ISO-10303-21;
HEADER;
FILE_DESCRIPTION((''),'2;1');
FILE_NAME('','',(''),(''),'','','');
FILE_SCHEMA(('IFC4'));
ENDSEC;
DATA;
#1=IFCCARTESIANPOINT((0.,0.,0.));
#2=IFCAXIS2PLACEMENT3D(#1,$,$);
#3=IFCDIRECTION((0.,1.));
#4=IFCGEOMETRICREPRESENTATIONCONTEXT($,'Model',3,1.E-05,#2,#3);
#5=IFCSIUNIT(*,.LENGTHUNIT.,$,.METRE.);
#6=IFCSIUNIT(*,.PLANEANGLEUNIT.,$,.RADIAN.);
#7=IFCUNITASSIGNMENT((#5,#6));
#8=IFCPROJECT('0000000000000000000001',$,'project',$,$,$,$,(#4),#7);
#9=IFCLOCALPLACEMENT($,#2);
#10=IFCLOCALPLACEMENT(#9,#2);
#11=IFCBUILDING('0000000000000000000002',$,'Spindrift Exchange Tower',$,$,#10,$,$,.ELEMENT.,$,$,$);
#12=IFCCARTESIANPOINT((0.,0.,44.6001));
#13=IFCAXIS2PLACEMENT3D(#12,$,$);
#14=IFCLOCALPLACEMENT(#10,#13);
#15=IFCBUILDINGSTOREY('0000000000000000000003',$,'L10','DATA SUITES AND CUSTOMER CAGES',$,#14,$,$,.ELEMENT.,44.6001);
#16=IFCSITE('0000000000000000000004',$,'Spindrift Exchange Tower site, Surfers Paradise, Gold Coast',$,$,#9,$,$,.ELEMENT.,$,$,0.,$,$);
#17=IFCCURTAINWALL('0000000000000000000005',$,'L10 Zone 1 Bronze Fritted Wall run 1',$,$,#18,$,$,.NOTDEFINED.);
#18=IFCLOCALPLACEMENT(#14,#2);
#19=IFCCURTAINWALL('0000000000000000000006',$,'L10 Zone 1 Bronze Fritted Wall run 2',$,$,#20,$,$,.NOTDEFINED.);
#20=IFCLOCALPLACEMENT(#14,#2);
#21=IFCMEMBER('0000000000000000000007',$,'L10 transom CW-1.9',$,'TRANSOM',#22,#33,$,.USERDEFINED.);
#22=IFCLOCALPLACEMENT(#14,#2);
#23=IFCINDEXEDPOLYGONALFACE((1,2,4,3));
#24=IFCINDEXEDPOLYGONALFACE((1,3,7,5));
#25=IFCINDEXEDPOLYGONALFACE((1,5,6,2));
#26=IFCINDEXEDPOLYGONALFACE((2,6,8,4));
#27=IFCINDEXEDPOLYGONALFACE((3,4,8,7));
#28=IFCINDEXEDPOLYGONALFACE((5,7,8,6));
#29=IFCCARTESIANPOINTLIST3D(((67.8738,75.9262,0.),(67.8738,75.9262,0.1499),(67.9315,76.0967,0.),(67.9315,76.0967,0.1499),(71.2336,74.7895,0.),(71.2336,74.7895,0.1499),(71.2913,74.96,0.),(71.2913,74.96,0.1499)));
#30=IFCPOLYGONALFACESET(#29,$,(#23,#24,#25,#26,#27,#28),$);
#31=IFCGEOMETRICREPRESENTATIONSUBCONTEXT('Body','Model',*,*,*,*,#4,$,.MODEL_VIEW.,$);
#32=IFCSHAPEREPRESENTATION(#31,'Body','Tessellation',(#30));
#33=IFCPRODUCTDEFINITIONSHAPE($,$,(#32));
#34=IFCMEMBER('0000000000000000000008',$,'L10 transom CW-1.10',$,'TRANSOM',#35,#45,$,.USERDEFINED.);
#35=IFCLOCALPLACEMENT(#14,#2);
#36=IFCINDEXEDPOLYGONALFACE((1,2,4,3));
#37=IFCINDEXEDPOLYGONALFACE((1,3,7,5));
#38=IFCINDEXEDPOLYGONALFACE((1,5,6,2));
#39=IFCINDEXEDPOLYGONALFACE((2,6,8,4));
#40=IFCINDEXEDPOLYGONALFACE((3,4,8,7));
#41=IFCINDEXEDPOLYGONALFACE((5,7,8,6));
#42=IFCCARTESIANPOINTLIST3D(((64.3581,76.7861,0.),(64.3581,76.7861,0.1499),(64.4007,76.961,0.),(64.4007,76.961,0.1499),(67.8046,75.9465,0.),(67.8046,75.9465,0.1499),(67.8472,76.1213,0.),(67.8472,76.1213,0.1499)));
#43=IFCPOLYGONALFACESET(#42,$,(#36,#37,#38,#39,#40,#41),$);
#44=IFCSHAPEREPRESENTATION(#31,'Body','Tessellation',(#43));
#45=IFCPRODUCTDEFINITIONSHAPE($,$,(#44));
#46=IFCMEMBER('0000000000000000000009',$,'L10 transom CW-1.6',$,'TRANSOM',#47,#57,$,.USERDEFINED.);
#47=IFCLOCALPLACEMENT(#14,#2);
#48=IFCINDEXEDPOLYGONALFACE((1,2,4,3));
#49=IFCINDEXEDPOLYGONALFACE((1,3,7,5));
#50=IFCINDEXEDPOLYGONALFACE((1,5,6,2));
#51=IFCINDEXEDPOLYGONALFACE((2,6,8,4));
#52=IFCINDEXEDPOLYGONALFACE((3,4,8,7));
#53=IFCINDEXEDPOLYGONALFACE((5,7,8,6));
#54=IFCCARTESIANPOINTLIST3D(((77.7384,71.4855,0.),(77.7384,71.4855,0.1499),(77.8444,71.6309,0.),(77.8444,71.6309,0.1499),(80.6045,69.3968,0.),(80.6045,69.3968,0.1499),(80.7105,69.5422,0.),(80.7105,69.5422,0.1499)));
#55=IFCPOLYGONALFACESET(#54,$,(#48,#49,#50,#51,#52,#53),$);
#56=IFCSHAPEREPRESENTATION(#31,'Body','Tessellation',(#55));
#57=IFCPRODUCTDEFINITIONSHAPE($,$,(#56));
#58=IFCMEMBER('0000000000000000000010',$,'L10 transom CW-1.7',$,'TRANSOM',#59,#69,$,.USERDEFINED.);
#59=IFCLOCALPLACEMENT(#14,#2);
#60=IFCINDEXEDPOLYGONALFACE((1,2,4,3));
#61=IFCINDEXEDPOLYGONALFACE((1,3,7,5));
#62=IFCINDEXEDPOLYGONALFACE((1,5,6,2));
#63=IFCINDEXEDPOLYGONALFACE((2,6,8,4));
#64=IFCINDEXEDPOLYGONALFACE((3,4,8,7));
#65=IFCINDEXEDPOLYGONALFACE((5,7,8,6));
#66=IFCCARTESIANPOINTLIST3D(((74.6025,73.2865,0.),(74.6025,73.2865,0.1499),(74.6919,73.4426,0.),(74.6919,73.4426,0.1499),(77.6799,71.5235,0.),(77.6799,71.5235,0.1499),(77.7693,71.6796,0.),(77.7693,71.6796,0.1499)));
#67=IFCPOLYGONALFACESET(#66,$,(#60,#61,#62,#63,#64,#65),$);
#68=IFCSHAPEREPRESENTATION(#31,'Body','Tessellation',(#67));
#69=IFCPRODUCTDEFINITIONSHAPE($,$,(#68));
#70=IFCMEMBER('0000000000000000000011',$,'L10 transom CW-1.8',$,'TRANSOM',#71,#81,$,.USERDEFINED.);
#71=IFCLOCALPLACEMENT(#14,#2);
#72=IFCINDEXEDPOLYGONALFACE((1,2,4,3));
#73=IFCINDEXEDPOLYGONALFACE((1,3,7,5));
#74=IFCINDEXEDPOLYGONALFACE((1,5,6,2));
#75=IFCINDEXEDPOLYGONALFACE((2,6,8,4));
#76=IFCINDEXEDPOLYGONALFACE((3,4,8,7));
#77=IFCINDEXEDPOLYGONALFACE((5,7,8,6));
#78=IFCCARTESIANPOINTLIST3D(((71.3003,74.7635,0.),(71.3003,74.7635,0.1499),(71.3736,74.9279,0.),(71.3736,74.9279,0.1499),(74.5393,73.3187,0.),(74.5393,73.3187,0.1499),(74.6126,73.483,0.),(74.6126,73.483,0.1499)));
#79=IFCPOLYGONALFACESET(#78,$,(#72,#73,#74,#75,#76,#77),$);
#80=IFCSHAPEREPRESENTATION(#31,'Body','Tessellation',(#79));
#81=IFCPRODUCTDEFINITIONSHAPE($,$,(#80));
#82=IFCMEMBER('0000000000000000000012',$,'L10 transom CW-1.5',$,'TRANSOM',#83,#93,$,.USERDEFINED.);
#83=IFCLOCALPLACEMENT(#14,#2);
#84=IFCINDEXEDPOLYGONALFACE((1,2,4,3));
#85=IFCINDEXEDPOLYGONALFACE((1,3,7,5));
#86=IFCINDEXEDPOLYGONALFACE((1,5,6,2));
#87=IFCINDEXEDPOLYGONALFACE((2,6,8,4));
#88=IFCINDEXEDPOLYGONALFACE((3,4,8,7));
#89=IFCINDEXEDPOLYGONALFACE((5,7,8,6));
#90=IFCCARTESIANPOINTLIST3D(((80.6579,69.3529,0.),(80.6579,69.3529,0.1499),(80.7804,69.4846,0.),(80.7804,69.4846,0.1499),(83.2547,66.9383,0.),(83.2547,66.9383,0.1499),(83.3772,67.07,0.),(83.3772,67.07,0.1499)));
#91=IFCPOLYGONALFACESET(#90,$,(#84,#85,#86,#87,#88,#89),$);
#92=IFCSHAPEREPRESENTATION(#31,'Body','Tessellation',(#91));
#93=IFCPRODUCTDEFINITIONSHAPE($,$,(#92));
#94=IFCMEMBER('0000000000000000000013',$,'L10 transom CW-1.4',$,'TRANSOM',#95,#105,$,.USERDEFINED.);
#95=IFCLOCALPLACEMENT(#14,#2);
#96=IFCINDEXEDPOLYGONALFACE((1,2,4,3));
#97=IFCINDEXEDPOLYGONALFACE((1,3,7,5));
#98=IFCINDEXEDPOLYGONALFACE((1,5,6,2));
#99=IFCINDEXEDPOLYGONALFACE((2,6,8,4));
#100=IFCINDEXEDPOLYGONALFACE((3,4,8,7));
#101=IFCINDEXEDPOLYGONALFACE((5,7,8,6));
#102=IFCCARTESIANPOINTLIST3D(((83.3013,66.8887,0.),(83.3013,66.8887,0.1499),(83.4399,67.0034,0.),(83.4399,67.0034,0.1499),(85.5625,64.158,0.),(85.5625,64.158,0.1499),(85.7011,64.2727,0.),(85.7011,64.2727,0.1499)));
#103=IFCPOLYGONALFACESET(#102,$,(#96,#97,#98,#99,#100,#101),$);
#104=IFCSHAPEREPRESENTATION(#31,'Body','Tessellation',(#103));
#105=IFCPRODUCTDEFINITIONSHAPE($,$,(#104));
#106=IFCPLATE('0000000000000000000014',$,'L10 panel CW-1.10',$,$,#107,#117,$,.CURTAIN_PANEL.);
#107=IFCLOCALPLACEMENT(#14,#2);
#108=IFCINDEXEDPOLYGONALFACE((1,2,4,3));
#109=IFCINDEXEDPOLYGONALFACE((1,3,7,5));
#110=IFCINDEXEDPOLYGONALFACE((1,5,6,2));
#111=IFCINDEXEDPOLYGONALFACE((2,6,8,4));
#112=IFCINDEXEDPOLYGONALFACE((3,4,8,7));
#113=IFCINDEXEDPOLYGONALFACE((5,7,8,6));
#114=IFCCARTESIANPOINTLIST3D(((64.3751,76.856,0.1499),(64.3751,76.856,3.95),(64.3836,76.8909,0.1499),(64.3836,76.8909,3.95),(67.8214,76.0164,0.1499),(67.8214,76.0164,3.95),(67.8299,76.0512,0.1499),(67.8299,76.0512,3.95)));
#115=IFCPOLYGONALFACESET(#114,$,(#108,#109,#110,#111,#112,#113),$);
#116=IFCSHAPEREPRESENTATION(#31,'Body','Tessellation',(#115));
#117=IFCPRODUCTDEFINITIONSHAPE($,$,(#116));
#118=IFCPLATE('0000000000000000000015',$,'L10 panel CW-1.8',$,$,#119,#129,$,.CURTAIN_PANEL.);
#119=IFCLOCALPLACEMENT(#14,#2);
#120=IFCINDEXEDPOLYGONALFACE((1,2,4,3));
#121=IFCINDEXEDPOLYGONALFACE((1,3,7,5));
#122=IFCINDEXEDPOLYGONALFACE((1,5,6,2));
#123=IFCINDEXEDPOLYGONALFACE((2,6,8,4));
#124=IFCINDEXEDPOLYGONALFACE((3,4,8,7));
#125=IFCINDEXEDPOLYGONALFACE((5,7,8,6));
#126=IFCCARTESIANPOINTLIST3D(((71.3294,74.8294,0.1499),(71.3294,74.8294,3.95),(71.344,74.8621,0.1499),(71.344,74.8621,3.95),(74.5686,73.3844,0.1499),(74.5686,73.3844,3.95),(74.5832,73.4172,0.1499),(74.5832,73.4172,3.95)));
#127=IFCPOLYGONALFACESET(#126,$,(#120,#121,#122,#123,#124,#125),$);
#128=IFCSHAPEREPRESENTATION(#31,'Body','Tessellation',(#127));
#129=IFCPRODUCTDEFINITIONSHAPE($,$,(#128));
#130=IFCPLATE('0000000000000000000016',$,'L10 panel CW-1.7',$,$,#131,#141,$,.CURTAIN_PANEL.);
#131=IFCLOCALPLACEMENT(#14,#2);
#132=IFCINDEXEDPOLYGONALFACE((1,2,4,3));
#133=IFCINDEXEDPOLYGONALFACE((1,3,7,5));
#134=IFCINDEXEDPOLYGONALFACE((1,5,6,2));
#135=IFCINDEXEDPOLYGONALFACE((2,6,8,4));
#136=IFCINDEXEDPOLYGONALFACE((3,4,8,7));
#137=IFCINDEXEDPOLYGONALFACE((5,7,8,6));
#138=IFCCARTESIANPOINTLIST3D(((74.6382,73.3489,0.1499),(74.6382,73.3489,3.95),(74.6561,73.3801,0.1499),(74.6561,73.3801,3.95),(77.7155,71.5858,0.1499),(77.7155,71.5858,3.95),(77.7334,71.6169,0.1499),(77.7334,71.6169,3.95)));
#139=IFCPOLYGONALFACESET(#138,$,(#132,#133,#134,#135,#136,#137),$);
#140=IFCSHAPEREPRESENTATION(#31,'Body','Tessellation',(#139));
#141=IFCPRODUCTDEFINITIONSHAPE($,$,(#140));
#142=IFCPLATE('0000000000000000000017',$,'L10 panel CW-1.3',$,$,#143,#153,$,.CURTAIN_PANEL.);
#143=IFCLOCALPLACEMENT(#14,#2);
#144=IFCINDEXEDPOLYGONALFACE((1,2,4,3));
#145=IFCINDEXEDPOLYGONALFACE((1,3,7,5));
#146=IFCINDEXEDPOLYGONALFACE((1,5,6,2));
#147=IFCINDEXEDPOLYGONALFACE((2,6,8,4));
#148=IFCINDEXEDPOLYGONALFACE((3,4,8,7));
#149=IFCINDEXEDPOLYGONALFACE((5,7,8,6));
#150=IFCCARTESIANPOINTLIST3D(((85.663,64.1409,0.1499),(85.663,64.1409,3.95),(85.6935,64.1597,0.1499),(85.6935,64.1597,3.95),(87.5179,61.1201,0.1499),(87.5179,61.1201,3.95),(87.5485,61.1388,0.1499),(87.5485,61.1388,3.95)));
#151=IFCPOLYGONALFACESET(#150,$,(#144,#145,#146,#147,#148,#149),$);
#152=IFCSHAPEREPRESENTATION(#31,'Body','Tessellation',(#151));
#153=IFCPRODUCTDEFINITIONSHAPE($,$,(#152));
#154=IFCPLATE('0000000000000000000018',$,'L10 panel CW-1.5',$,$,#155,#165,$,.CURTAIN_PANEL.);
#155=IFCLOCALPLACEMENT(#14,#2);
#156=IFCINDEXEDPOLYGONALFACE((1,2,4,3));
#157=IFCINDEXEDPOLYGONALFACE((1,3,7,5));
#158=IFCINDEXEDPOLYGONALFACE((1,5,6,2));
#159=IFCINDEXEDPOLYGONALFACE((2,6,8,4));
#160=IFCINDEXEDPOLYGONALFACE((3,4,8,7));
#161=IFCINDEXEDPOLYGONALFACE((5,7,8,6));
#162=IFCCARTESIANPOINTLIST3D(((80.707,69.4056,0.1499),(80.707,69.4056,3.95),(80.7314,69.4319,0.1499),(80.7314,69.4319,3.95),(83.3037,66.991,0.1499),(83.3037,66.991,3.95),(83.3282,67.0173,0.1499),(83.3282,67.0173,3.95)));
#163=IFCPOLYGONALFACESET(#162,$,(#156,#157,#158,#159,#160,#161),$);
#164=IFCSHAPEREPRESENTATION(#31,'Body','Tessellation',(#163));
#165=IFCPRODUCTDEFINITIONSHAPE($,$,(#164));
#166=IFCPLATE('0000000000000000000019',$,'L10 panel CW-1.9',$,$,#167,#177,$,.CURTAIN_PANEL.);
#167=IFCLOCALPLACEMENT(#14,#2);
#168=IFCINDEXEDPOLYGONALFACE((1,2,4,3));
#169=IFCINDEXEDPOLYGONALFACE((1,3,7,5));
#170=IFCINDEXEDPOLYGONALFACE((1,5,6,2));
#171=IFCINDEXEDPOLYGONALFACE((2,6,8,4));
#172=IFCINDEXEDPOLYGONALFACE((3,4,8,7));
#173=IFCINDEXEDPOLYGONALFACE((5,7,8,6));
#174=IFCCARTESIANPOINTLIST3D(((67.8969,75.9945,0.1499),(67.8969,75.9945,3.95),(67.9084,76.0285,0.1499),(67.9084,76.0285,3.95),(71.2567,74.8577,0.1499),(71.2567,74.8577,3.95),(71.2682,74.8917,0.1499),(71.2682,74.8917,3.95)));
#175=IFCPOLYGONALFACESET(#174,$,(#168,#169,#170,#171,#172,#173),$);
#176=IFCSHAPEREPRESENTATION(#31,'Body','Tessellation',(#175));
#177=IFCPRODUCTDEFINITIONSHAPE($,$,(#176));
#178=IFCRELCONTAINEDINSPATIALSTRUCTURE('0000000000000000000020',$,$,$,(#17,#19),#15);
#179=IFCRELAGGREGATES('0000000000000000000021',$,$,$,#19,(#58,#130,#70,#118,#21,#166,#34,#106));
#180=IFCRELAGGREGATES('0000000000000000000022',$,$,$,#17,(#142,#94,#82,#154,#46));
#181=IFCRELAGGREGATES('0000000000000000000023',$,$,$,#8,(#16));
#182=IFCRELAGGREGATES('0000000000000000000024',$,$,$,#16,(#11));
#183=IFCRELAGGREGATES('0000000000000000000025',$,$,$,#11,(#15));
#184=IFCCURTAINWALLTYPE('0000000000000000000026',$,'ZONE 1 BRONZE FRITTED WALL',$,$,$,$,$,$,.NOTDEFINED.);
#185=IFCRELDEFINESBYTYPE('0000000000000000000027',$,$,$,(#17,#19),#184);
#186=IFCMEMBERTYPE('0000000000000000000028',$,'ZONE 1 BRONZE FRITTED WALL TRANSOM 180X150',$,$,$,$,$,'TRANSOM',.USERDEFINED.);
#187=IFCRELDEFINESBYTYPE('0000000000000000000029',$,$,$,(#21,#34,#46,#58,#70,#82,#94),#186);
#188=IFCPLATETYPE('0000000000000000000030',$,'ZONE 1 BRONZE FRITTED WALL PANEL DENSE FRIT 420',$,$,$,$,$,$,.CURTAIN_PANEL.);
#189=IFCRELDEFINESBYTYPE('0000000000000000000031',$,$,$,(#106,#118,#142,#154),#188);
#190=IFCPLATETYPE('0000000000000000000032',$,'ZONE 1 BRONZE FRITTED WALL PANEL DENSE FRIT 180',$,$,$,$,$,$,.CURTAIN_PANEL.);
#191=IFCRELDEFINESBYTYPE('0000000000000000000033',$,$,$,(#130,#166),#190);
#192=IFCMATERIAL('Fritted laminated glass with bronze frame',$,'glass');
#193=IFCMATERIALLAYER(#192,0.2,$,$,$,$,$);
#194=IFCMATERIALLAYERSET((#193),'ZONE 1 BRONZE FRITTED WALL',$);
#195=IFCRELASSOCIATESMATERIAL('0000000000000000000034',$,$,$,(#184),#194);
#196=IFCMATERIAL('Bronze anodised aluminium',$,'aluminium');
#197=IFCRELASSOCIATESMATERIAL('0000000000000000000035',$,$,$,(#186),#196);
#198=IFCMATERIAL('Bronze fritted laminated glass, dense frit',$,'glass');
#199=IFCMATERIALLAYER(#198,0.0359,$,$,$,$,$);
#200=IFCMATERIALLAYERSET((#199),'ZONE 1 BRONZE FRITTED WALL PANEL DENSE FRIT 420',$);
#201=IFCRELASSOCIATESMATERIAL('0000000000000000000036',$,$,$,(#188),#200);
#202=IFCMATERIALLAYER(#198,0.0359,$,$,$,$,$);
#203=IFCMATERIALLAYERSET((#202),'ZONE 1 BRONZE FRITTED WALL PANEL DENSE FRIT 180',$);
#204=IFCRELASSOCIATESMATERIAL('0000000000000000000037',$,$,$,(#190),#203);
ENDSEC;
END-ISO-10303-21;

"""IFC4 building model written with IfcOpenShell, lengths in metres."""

from ifc_helpers import new_model, si_unit, direction, frame, origin, origin_2d, place, context, subcontext, project, spatial, rectangle, extrude, source, transform, mapped, material, layer, layer_set, material_profile, profile_set, type_object, element, aggregate, save


model = new_model("IFC4")

# Units and contexts
model_context = context("Model", 3, precision=1e-05, world=origin(), true_north=direction((0.0, 1.0)))
body_context = subcontext(model_context, "Body", "Model", "MODEL_VIEW")
ifc_project = project(units=[si_unit("LENGTHUNIT", "METRE"), si_unit("PLANEANGLEUNIT", "RADIAN")], contexts=[model_context])

# Site, building, storey
site_placement = place(None, origin())
site = spatial("IfcSite", under=ifc_project, at=site_placement, Name="Spindrift Exchange Tower site, Surfers Paradise, Gold Coast", CompositionType="ELEMENT", RefElevation=0.0)
building_placement = place(site_placement, origin())
building = spatial("IfcBuilding", under=site, at=building_placement, Name="Spindrift Exchange Tower", CompositionType="ELEMENT")
storey_placement = place(building_placement, frame((0.0, 0.0, 44.6001)))
storey = spatial("IfcBuildingStorey", under=building, at=storey_placement, Name="L10", Description="DATA SUITES AND CUSTOMER CAGES", CompositionType="ELEMENT", Elevation=44.6001)

# Curtain walls, members
ifc_material_1 = material(Name="Fritted laminated glass with bronze frame", Category="glass")
ifc_layer_1 = layer(ifc_material_1, 0.2)
ifc_layer_set_1 = layer_set([ifc_layer_1], Name="ZONE 1 BRONZE FRITTED WALL")
curtain_wall_type = type_object("IfcCurtainWallType", Name="ZONE 1 BRONZE FRITTED WALL", PredefinedType="NOTDEFINED", material=ifc_layer_set_1)
curtain_wall_1_placement = place(storey_placement, origin())
curtain_wall_1 = element("IfcCurtainWall", 1, at=curtain_wall_1_placement, inside=storey, type_object=curtain_wall_type, Name="L10 Zone 1 Bronze Fritted Wall run 1", PredefinedType="NOTDEFINED")
ifc_material_2 = material(Name="Bronze anodised aluminium", Category="aluminium")
curtain_wall_2_placement = place(storey_placement, origin())
curtain_wall_2 = element("IfcCurtainWall", 2, at=curtain_wall_2_placement, inside=storey, type_object=curtain_wall_type, Name="L10 Zone 1 Bronze Fritted Wall run 2", PredefinedType="NOTDEFINED")
ifc_material_profile_1 = material_profile(ifc_material_2, rectangle(XDim=0.1799, YDim=0.1499, at=origin_2d()), Name="ZONE 1 BRONZE FRITTED WALL TRANSOM 180X150")
ifc_profile_set_1 = profile_set([ifc_material_profile_1], Name="Bronze anodised aluminium")
member_type_1 = type_object("IfcMemberType", Name="ZONE 1 BRONZE FRITTED WALL TRANSOM 180X150", ElementType="TRANSOM", PredefinedType="USERDEFINED", material=ifc_profile_set_1)
shared_shape_1 = source(origin(), body_context, "Body", "SweptSolid", [
    extrude(rectangle(XDim=0.1799, YDim=0.1499, at=origin_2d()), origin(), (0.0, 0.0, 1.0), 3.5469),
])
member_1_placement = place(storey_placement, frame((71.2625, 74.8748, 0.075), z_axis=(-0.947256, 0.320478, 0.0), x_axis=(-0.320478, -0.947256, 0.0)))
member_1 = element("IfcMember", 3, at=member_1_placement, type_object=member_type_1, Name="L10 transom CW-1.9", ObjectType="TRANSOM", PredefinedType="USERDEFINED", context=body_context, shape_type="MappedRepresentation", body=[
    mapped(shared_shape_1, transform((0.0, 0.0, 0.0), scale=1.0)),
])
shared_shape_2 = source(origin(), body_context, "Body", "SweptSolid", [
    extrude(rectangle(XDim=0.1799, YDim=0.1499, at=origin_2d()), origin(), (0.0, 0.0, 1.0), 3.5474),
])
member_2_placement = place(storey_placement, frame((67.8259, 76.0339, 0.075), z_axis=(-0.971586, 0.236685, 0.0), x_axis=(-0.236685, -0.971586, 0.0)))
member_2 = element("IfcMember", 4, at=member_2_placement, type_object=member_type_1, Name="L10 transom CW-1.10", ObjectType="TRANSOM", PredefinedType="USERDEFINED", context=body_context, shape_type="MappedRepresentation", body=[
    mapped(shared_shape_2, transform((0.0, 0.0, 0.0), scale=1.0)),
])

# Members
shared_shape_3 = source(origin(), body_context, "Body", "SweptSolid", [
    extrude(rectangle(XDim=0.1799, YDim=0.1499, at=origin_2d()), origin(), (0.0, 0.0, 1.0), 3.5464),
])
member_3_placement = place(storey_placement, frame((80.6575, 69.4695, 0.075), z_axis=(-0.808161, 0.588961, 0.0), x_axis=(-0.588961, -0.808161, 0.0)))
member_3 = element("IfcMember", 5, at=member_3_placement, type_object=member_type_1, Name="L10 transom CW-1.6", ObjectType="TRANSOM", PredefinedType="USERDEFINED", context=body_context, shape_type="MappedRepresentation", body=[
    mapped(shared_shape_3, transform((0.0, 0.0, 0.0), scale=1.0)),
])
shared_shape_4 = source(origin(), body_context, "Body", "SweptSolid", [
    extrude(rectangle(XDim=0.1799, YDim=0.1499, at=origin_2d()), origin(), (0.0, 0.0, 1.0), 3.5466),
])
member_4_placement = place(storey_placement, frame((77.7246, 71.6016, 0.075), z_axis=(-0.867705, 0.49708, 0.0), x_axis=(-0.49708, -0.867705, 0.0)))
member_4 = element("IfcMember", 6, at=member_4_placement, type_object=member_type_1, Name="L10 transom CW-1.7", ObjectType="TRANSOM", PredefinedType="USERDEFINED", context=body_context, shape_type="MappedRepresentation", body=[
    mapped(shared_shape_4, transform((0.0, 0.0, 0.0), scale=1.0)),
])
member_5_placement = place(storey_placement, frame((74.5759, 73.4009, 0.075), z_axis=(-0.91326, 0.407377, 0.0), x_axis=(-0.407377, -0.91326, 0.0)))
member_5 = element("IfcMember", 7, at=member_5_placement, type_object=member_type_1, Name="L10 transom CW-1.8", ObjectType="TRANSOM", PredefinedType="USERDEFINED", context=body_context, shape_type="MappedRepresentation", body=[
    mapped(shared_shape_4, transform((0.0, 0.0, 0.0), scale=1.0)),
])
shared_shape_5 = source(origin(), body_context, "Body", "SweptSolid", [
    extrude(rectangle(XDim=0.1799, YDim=0.1499, at=origin_2d()), origin(), (0.0, 0.0, 1.0), 3.5459),
])
member_6_placement = place(storey_placement, frame((83.3159, 67.0042, 0.075), z_axis=(-0.732322, 0.680958, 0.0), x_axis=(-0.680958, -0.732322, 0.0)))
member_6 = element("IfcMember", 8, at=member_6_placement, type_object=member_type_1, Name="L10 transom CW-1.5", ObjectType="TRANSOM", PredefinedType="USERDEFINED", context=body_context, shape_type="MappedRepresentation", body=[
    mapped(shared_shape_5, transform((0.0, 0.0, 0.0), scale=1.0)),
])
shared_shape_6 = source(origin(), body_context, "Body", "SweptSolid", [
    extrude(rectangle(XDim=0.1799, YDim=0.1499, at=origin_2d()), origin(), (0.0, 0.0, 1.0), 3.5454),
])
member_7_placement = place(storey_placement, frame((85.6318, 64.2153, 0.075), z_axis=(-0.63779, 0.77021, 0.0), x_axis=(-0.77021, -0.63779, 0.0)))
member_7 = element("IfcMember", 9, at=member_7_placement, type_object=member_type_1, Name="L10 transom CW-1.4", ObjectType="TRANSOM", PredefinedType="USERDEFINED", context=body_context, shape_type="MappedRepresentation", body=[
    mapped(shared_shape_6, transform((0.0, 0.0, 0.0), scale=1.0)),
])

# Plates
ifc_material_3 = material(Name="Bronze fritted laminated glass, dense frit", Category="glass")
ifc_layer_2 = layer(ifc_material_3, 0.0359)
ifc_layer_set_2 = layer_set([ifc_layer_2], Name="ZONE 1 BRONZE FRITTED WALL PANEL DENSE FRIT 420")
plate_type_1 = type_object("IfcPlateType", Name="ZONE 1 BRONZE FRITTED WALL PANEL DENSE FRIT 420", PredefinedType="CURTAIN_PANEL", material=ifc_layer_set_2)
shared_shape_7 = source(origin(), body_context, "Body", "SweptSolid", [
    extrude(rectangle(XDim=3.5471, YDim=0.0359, at=origin_2d()), origin(), (0.0, 0.0, 1.0), 3.8),
])
plate_1_placement = place(storey_placement, frame((66.1025, 76.4536, 0.1499), z_axis=(0.0, 0.0, 1.0), x_axis=(-0.97158, 0.236713, 0.0)))
plate_1 = element("IfcPlate", 10, at=plate_1_placement, type_object=plate_type_1, Name="L10 panel CW-1.10", PredefinedType="CURTAIN_PANEL", context=body_context, shape_type="MappedRepresentation", body=[
    mapped(shared_shape_7, transform((0.0, 0.0, 0.0), scale=1.0)),
])
shared_shape_8 = source(origin(), body_context, "Body", "SweptSolid", [
    extrude(rectangle(XDim=3.5469, YDim=0.0359, at=origin_2d()), origin(), (0.0, 0.0, 1.0), 3.8),
])
plate_2_placement = place(storey_placement, frame((72.9563, 74.1233, 0.1499), z_axis=(0.0, 0.0, 1.0), x_axis=(-0.913257, 0.407384, 0.0)))
plate_2 = element("IfcPlate", 11, at=plate_2_placement, type_object=plate_type_1, Name="L10 panel CW-1.8", PredefinedType="CURTAIN_PANEL", context=body_context, shape_type="MappedRepresentation", body=[
    mapped(shared_shape_8, transform((0.0, 0.0, 0.0), scale=1.0)),
])
ifc_layer_3 = layer(ifc_material_3, 0.0359)
ifc_layer_set_3 = layer_set([ifc_layer_3], Name="ZONE 1 BRONZE FRITTED WALL PANEL DENSE FRIT 180")
plate_type_2 = type_object("IfcPlateType", Name="ZONE 1 BRONZE FRITTED WALL PANEL DENSE FRIT 180", PredefinedType="CURTAIN_PANEL", material=ifc_layer_set_3)
shared_shape_9 = source(origin(), body_context, "Body", "SweptSolid", [
    extrude(rectangle(XDim=3.5466, YDim=0.0359, at=origin_2d()), origin(), (0.0, 0.0, 1.0), 3.8),
])
plate_3_placement = place(storey_placement, frame((76.1858, 72.4829, 0.1499), z_axis=(0.0, 0.0, 1.0), x_axis=(-0.867674, 0.497133, 0.0)))
plate_3 = element("IfcPlate", 12, at=plate_3_placement, type_object=plate_type_2, Name="L10 panel CW-1.7", PredefinedType="CURTAIN_PANEL", context=body_context, shape_type="MappedRepresentation", body=[
    mapped(shared_shape_9, transform((0.0, 0.0, 0.0), scale=1.0)),
])
shared_shape_10 = source(origin(), body_context, "Body", "SweptSolid", [
    extrude(rectangle(XDim=3.5449, YDim=0.0359, at=origin_2d()), origin(), (0.0, 0.0, 1.0), 3.8),
])
plate_4_placement = place(storey_placement, frame((86.6057, 62.6399, 0.1499), z_axis=(0.0, 0.0, 1.0), x_axis=(-0.52326, 0.852173, 0.0)))
plate_4 = element("IfcPlate", 13, at=plate_4_placement, type_object=plate_type_1, Name="L10 panel CW-1.3", PredefinedType="CURTAIN_PANEL", context=body_context, shape_type="MappedRepresentation", body=[
    mapped(shared_shape_10, transform((0.0, 0.0, 0.0), scale=1.0)),
])
shared_shape_11 = source(origin(), body_context, "Body", "SweptSolid", [
    extrude(rectangle(XDim=3.5459, YDim=0.0359, at=origin_2d()), origin(), (0.0, 0.0, 1.0), 3.8),
])
plate_5_placement = place(storey_placement, frame((82.0176, 68.2114, 0.1499), z_axis=(0.0, 0.0, 1.0), x_axis=(-0.732317, 0.680964, 0.0)))
plate_5 = element("IfcPlate", 14, at=plate_5_placement, type_object=plate_type_1, Name="L10 panel CW-1.5", PredefinedType="CURTAIN_PANEL", context=body_context, shape_type="MappedRepresentation", body=[
    mapped(shared_shape_11, transform((0.0, 0.0, 0.0), scale=1.0)),
])
shared_shape_12 = source(origin(), body_context, "Body", "SweptSolid", [
    extrude(rectangle(XDim=3.5469, YDim=0.0359, at=origin_2d()), origin(), (0.0, 0.0, 1.0), 3.8),
])
plate_6_placement = place(storey_placement, frame((69.5825, 75.4431, 0.1499), z_axis=(0.0, 0.0, 1.0), x_axis=(-0.947251, 0.320492, 0.0)))
plate_6 = element("IfcPlate", 15, at=plate_6_placement, type_object=plate_type_2, Name="L10 panel CW-1.9", PredefinedType="CURTAIN_PANEL", context=body_context, shape_type="MappedRepresentation", body=[
    mapped(shared_shape_12, transform((0.0, 0.0, 0.0), scale=1.0)),
])
aggregate(curtain_wall_2, [member_4, plate_3, member_5, plate_2, member_1, plate_6, member_2, plate_1])
aggregate(curtain_wall_1, [plate_4, member_7, member_6, plate_5, member_3])

save(model, "model.ifc")
